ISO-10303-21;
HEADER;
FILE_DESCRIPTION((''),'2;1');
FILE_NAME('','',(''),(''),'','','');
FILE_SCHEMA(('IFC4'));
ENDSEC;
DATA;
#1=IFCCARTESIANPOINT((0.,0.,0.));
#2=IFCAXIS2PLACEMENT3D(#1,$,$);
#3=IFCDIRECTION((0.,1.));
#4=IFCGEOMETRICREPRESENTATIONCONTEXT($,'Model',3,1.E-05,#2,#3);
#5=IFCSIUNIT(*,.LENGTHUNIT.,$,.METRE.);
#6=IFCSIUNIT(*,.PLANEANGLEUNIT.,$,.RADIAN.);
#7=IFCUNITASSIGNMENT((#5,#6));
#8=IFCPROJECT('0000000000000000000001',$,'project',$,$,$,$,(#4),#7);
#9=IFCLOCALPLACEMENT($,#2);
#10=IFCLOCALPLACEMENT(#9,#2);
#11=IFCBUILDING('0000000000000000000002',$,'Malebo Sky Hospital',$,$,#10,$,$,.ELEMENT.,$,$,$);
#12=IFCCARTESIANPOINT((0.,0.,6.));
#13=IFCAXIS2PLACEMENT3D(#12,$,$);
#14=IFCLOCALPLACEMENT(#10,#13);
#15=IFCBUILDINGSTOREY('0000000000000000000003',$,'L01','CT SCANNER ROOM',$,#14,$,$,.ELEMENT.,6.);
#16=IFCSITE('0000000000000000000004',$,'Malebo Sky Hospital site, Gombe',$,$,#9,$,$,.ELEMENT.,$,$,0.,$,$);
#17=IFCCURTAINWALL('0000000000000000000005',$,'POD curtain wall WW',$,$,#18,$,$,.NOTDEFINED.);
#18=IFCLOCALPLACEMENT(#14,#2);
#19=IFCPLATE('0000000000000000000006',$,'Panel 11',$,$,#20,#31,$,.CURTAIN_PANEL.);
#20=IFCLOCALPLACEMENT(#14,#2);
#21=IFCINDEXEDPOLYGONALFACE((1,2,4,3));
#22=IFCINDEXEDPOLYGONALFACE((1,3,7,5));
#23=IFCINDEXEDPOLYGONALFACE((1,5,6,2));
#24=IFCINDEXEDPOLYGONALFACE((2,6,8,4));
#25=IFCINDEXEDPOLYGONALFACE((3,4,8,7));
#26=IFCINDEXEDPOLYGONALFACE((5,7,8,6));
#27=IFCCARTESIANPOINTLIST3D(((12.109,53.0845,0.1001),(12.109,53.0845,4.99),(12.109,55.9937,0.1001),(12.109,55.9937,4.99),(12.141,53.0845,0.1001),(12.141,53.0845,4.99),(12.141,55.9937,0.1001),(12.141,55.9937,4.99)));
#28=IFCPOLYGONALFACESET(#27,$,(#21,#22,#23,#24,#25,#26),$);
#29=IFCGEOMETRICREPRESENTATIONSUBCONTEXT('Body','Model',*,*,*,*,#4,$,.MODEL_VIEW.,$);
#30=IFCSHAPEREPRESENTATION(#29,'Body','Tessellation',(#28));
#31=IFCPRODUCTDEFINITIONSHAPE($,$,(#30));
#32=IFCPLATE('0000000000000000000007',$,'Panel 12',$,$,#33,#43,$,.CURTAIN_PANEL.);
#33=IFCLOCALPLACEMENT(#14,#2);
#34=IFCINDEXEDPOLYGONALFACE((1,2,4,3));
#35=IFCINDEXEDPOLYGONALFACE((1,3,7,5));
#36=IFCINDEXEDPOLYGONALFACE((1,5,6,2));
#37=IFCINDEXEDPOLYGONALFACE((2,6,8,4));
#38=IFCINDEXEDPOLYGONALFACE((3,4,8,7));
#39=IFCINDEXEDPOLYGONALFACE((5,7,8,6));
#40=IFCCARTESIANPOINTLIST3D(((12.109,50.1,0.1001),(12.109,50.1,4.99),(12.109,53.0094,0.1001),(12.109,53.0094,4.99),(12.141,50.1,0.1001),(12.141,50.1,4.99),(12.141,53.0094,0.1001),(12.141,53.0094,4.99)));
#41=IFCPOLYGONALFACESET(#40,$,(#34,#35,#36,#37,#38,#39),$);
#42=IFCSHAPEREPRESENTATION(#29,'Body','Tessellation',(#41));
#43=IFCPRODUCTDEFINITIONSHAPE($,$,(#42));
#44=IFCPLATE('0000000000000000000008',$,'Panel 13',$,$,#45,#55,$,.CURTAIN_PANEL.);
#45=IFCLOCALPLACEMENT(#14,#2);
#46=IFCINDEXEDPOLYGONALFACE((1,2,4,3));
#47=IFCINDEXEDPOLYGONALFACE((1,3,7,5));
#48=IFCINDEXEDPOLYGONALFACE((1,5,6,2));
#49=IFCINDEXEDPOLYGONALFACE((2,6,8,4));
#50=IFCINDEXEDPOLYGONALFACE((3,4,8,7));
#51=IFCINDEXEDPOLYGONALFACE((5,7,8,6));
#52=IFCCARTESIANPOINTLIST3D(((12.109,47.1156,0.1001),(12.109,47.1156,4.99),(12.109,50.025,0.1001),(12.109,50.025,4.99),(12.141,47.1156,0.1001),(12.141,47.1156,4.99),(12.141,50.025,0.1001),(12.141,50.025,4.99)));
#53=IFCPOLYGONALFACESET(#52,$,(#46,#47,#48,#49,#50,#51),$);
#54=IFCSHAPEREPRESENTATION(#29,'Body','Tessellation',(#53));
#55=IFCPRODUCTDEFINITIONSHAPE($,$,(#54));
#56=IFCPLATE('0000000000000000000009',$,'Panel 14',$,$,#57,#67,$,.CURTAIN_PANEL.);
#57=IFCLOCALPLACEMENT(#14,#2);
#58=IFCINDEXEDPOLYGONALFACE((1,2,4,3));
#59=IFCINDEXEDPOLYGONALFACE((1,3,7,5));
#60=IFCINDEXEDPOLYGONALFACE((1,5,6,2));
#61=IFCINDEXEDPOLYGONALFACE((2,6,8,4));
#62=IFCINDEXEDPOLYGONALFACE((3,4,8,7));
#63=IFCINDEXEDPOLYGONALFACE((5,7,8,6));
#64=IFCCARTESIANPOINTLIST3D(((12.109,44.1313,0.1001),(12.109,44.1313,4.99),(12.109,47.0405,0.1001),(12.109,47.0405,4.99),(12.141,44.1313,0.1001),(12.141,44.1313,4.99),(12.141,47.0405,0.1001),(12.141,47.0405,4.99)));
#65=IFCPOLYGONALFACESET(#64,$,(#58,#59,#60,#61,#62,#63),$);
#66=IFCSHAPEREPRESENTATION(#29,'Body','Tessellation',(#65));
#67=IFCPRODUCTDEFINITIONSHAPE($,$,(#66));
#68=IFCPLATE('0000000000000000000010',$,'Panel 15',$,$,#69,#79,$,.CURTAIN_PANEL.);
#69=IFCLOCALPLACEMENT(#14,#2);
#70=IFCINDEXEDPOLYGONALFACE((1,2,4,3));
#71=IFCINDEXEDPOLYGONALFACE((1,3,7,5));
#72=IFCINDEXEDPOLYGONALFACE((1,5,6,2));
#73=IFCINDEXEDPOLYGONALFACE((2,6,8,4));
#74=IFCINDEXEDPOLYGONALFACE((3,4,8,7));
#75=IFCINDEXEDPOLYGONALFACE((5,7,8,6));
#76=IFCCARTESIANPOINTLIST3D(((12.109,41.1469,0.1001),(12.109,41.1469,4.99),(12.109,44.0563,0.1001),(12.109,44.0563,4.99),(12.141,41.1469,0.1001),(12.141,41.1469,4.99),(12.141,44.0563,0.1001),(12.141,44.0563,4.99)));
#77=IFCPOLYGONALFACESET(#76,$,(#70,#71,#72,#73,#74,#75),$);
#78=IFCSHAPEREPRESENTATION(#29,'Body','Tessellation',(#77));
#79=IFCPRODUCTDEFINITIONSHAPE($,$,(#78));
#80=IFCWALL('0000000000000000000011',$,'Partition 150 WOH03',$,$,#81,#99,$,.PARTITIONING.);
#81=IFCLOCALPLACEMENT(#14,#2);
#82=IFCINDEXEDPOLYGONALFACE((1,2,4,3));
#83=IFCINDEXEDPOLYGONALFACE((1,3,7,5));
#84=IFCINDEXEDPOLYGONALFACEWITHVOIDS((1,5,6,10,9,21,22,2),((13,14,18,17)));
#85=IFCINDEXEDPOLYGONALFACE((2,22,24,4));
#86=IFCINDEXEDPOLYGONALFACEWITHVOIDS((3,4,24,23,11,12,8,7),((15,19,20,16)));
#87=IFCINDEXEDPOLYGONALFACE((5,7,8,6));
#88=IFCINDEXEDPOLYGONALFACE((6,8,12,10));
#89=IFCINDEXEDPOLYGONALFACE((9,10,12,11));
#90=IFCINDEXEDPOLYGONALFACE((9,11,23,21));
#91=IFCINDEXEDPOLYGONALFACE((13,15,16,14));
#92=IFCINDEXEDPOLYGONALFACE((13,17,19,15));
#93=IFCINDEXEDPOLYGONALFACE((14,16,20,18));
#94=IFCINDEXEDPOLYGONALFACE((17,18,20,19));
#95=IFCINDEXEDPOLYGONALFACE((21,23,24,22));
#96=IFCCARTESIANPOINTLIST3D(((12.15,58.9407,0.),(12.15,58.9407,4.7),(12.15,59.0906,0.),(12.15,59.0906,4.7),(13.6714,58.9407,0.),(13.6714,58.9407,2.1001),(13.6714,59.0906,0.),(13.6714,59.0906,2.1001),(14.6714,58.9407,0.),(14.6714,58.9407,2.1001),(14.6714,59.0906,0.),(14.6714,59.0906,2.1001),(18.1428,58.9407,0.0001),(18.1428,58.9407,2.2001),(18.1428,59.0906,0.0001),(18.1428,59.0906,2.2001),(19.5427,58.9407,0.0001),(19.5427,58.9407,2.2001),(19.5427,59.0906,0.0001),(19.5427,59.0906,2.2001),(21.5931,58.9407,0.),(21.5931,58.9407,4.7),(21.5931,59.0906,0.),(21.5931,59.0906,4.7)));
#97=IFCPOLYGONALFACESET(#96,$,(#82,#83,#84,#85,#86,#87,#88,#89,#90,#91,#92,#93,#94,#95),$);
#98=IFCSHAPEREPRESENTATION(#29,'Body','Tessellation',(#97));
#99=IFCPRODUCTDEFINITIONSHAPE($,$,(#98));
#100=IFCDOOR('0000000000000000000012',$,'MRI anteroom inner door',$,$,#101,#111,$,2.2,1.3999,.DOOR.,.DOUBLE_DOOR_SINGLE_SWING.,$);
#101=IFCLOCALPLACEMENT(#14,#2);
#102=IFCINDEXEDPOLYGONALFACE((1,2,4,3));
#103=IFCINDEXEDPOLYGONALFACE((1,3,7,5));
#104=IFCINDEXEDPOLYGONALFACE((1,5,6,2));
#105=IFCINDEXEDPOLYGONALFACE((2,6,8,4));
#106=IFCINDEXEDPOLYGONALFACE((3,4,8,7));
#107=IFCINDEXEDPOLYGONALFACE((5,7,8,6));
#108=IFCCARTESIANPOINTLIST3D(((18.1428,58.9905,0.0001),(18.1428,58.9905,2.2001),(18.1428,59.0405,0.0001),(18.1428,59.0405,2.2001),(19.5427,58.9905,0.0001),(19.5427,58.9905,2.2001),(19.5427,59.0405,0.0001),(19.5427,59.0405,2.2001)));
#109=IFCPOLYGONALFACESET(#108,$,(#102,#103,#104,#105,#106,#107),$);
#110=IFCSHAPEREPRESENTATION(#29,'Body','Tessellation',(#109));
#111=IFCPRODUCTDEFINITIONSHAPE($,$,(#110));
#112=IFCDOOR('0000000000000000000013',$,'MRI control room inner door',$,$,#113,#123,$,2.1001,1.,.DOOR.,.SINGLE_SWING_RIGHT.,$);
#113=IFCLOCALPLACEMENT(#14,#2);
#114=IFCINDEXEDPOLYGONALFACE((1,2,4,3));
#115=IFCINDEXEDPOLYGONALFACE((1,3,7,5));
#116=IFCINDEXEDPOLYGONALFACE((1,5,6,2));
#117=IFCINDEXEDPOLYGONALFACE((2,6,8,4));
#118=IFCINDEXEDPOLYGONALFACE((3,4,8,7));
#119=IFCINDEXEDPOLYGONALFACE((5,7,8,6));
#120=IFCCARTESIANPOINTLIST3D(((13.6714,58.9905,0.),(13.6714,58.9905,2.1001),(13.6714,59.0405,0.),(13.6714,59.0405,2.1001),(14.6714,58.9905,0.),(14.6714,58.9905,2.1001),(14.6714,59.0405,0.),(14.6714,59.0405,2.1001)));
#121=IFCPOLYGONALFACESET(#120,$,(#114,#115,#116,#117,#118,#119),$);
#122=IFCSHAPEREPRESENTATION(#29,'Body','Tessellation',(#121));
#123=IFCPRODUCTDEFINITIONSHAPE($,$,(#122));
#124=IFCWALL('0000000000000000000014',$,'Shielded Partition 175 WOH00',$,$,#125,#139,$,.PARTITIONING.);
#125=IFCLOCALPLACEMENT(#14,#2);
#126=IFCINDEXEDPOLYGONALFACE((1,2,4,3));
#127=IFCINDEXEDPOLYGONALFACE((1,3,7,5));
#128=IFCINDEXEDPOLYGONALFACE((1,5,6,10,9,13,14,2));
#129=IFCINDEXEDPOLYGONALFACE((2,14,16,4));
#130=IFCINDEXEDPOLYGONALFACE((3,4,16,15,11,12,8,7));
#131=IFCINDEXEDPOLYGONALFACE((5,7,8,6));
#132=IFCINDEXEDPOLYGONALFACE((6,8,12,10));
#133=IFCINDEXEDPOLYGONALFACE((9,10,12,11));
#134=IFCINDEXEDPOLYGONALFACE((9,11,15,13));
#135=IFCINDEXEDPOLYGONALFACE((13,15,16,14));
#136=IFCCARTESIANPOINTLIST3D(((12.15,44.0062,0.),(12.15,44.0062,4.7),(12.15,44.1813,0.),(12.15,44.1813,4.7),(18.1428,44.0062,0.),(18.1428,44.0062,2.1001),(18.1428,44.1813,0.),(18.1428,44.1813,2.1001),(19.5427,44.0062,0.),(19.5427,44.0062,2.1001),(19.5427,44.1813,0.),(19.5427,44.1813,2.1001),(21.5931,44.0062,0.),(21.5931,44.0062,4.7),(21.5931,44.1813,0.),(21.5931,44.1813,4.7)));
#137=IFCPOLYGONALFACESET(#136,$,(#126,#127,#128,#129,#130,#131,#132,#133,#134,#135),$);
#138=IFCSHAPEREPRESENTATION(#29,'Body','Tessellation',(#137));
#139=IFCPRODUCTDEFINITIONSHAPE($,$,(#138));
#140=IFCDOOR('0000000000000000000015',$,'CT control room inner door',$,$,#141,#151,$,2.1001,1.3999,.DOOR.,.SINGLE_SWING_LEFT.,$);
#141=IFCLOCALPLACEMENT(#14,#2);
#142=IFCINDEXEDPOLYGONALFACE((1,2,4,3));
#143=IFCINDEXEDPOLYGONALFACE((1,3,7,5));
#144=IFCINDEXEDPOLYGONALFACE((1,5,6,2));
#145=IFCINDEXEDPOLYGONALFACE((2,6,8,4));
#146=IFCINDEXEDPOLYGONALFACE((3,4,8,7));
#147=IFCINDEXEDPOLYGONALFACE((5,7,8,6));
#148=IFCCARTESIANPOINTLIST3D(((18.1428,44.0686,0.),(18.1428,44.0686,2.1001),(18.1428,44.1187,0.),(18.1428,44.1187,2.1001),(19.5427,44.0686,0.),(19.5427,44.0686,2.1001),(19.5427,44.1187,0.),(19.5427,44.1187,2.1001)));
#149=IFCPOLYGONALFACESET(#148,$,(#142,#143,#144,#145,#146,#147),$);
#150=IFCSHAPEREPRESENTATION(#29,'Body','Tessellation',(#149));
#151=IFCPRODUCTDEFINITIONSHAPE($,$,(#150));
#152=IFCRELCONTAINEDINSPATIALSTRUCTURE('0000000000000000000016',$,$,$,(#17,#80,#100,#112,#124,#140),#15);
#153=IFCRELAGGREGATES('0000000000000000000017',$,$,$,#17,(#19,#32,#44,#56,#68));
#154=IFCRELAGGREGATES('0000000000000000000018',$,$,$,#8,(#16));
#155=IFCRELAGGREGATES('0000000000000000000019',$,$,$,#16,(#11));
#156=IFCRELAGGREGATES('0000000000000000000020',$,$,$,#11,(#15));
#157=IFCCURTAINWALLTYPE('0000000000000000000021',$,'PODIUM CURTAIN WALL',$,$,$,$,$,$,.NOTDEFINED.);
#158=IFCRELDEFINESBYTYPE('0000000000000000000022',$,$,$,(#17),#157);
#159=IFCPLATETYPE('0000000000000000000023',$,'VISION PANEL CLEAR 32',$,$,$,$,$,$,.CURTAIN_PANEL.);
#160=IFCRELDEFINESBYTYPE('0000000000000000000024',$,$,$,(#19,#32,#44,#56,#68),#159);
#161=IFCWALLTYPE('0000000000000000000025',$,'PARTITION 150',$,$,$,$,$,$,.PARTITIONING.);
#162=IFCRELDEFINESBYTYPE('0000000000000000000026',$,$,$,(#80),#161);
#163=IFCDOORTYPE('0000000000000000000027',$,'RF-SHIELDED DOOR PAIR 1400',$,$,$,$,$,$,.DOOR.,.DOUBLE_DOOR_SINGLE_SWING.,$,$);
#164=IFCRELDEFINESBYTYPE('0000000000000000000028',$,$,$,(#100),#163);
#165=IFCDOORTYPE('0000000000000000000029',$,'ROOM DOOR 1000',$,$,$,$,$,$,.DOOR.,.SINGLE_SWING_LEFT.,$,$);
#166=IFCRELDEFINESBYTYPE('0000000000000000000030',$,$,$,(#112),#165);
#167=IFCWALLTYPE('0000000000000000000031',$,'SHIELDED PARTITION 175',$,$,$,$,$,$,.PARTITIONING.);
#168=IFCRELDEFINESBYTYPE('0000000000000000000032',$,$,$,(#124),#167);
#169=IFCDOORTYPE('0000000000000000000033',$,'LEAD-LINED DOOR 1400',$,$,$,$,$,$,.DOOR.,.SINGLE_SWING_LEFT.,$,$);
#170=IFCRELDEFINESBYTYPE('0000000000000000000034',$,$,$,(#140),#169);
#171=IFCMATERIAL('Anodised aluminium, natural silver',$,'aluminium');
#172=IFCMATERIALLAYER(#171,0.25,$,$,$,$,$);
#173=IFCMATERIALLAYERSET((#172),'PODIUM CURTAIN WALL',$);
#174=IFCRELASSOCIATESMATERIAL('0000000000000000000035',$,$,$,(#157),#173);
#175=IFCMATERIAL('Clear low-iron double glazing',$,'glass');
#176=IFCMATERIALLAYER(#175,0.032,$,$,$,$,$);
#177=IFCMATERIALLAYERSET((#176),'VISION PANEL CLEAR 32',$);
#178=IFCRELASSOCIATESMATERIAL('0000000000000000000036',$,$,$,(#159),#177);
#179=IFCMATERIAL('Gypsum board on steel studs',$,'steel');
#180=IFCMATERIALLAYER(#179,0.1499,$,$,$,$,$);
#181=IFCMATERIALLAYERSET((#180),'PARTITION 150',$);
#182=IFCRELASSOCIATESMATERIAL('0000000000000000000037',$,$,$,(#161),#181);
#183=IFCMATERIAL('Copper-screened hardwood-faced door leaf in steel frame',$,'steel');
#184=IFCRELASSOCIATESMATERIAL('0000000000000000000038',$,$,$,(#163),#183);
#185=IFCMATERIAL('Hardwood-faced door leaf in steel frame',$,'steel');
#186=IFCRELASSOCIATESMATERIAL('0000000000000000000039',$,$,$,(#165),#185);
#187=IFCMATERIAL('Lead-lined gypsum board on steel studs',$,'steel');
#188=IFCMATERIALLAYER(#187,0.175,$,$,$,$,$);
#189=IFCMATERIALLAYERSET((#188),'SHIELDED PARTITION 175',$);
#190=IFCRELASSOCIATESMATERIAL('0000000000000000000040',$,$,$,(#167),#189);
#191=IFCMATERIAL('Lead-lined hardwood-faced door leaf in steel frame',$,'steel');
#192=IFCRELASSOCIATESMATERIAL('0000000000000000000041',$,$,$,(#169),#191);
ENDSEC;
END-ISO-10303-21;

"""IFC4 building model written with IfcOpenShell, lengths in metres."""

from ifc_helpers import new_model, si_unit, direction, frame, frame_2d, origin, origin_2d, place, context, subcontext, project, spatial, rectangle, extrude, material, layer, layer_set, type_object, element, fill, aggregate, save


model = new_model("IFC4")

# Units and contexts
model_context = context("Model", 3, precision=1e-05, world=origin(), true_north=direction((0.0, 1.0)))
body_context = subcontext(model_context, "Body", "Model", "MODEL_VIEW")
ifc_project = project(units=[si_unit("LENGTHUNIT", "METRE"), si_unit("PLANEANGLEUNIT", "RADIAN")], contexts=[model_context])

# Site, building, storey
site_placement = place(None, origin())
site = spatial("IfcSite", under=ifc_project, at=site_placement, Name="Malebo Sky Hospital site, Gombe", CompositionType="ELEMENT", RefElevation=0.0)
building_placement = place(site_placement, origin())
building = spatial("IfcBuilding", under=site, at=building_placement, Name="Malebo Sky Hospital", CompositionType="ELEMENT")
storey_placement = place(building_placement, frame((0.0, 0.0, 6.0)))
storey = spatial("IfcBuildingStorey", under=building, at=storey_placement, Name="L01", Description="CT SCANNER ROOM", CompositionType="ELEMENT", Elevation=6.0)

# Curtain wall, plates
ifc_material_1 = material(Name="Anodised aluminium, natural silver", Category="aluminium")
ifc_layer_1 = layer(ifc_material_1, 0.25)
ifc_layer_set_1 = layer_set([ifc_layer_1], Name="PODIUM CURTAIN WALL")
curtain_wall_type = type_object("IfcCurtainWallType", Name="PODIUM CURTAIN WALL", PredefinedType="NOTDEFINED", material=ifc_layer_set_1)
curtain_wall_placement = place(storey_placement, origin())
curtain_wall = element("IfcCurtainWall", 1, at=curtain_wall_placement, inside=storey, type_object=curtain_wall_type, Name="POD curtain wall WW", PredefinedType="NOTDEFINED")
ifc_material_2 = material(Name="Clear low-iron double glazing", Category="glass")
ifc_layer_2 = layer(ifc_material_2, 0.032)
ifc_layer_set_2 = layer_set([ifc_layer_2], Name="VISION PANEL CLEAR 32")
plate_type = type_object("IfcPlateType", Name="VISION PANEL CLEAR 32", PredefinedType="CURTAIN_PANEL", material=ifc_layer_set_2)
plate_1_placement = place(storey_placement, frame((12.125, 54.5391, 0.1001), z_axis=(0.0, 0.0, 1.0), x_axis=(0.0, -1.0, 0.0)))
plate_1 = element("IfcPlate", 2, at=plate_1_placement, type_object=plate_type, Name="Panel 11", PredefinedType="CURTAIN_PANEL", context=body_context, shape_type="SweptSolid", body=[
    extrude(rectangle(XDim=2.9092, YDim=0.032, at=origin_2d()), origin(), (0.0, 0.0, 1.0), 4.8899),
])
plate_2_placement = place(storey_placement, frame((12.125, 51.5547, 0.1001), z_axis=(0.0, 0.0, 1.0), x_axis=(0.0, -1.0, 0.0)))
plate_2 = element("IfcPlate", 3, at=plate_2_placement, type_object=plate_type, Name="Panel 12", PredefinedType="CURTAIN_PANEL", context=body_context, shape_type="SweptSolid", body=[
    extrude(rectangle(XDim=2.9094, YDim=0.032, at=origin_2d()), origin(), (0.0, 0.0, 1.0), 4.8899),
])
plate_3_placement = place(storey_placement, frame((12.125, 48.5703, 0.1001), z_axis=(0.0, 0.0, 1.0), x_axis=(0.0, -1.0, 0.0)))
plate_3 = element("IfcPlate", 4, at=plate_3_placement, type_object=plate_type, Name="Panel 13", PredefinedType="CURTAIN_PANEL", context=body_context, shape_type="SweptSolid", body=[
    extrude(rectangle(XDim=2.9094, YDim=0.032, at=origin_2d()), origin(), (0.0, 0.0, 1.0), 4.8899),
])
plate_4_placement = place(storey_placement, frame((12.125, 45.5859, 0.1001), z_axis=(0.0, 0.0, 1.0), x_axis=(0.0, -1.0, 0.0)))
plate_4 = element("IfcPlate", 5, at=plate_4_placement, type_object=plate_type, Name="Panel 14", PredefinedType="CURTAIN_PANEL", context=body_context, shape_type="SweptSolid", body=[
    extrude(rectangle(XDim=2.9092, YDim=0.032, at=origin_2d()), origin(), (0.0, 0.0, 1.0), 4.8899),
])
plate_5_placement = place(storey_placement, frame((12.125, 42.6016, 0.1001), z_axis=(0.0, 0.0, 1.0), x_axis=(0.0, -1.0, 0.0)))
plate_5 = element("IfcPlate", 6, at=plate_5_placement, type_object=plate_type, Name="Panel 15", PredefinedType="CURTAIN_PANEL", context=body_context, shape_type="SweptSolid", body=[
    extrude(rectangle(XDim=2.9094, YDim=0.032, at=origin_2d()), origin(), (0.0, 0.0, 1.0), 4.8899),
])
aggregate(curtain_wall, [plate_1, plate_2, plate_3, plate_4, plate_5])

# Wall, openings, doors
ifc_material_3 = material(Name="Gypsum board on steel studs", Category="steel")
ifc_layer_3 = layer(ifc_material_3, 0.1499)
ifc_layer_set_3 = layer_set([ifc_layer_3], Name="PARTITION 150")
wall_type_1 = type_object("IfcWallType", Name="PARTITION 150", PredefinedType="PARTITIONING", material=ifc_layer_set_3)
wall_1_placement = place(storey_placement, frame((12.1499, 59.0156, 0.0), z_axis=(0.0, 0.0, 1.0), x_axis=(1.0, 0.0, 0.0)))
wall_1 = element("IfcWall", 7, at=wall_1_placement, inside=storey, type_object=wall_type_1, Name="Partition 150 WOH03", PredefinedType="PARTITIONING", context=body_context, shape_type="SweptSolid", body=[
    extrude(rectangle(XDim=9.4431, YDim=0.1499, at=frame_2d((4.7217, 0.0))), origin(), (0.0, 0.0, 1.0), 4.7),
])
opening_1_placement = place(wall_1_placement, frame((5.9929, 0.0, 0.0)))
opening_1 = element("IfcOpeningElement", 8, at=opening_1_placement, cuts=wall_1, PredefinedType="OPENING", context=body_context, shape_type="SweptSolid", body=[
    extrude(rectangle(XDim=1.3999, YDim=2.2, at=frame_2d((0.7, 1.1001))), frame((0.0, 0.085, 0.0), z_axis=(0.0, -1.0, 0.0), x_axis=(1.0, 0.0, 0.0)), (0.0, 0.0, 1.0), 0.1699),
])
opening_2_placement = place(wall_1_placement, frame((1.5215, 0.0, 0.0)))
opening_2 = element("IfcOpeningElement", 9, at=opening_2_placement, cuts=wall_1, PredefinedType="OPENING", context=body_context, shape_type="SweptSolid", body=[
    extrude(rectangle(XDim=1.0, YDim=2.1001, at=frame_2d((0.5, 1.05))), frame((0.0, 0.085, 0.0), z_axis=(0.0, -1.0, 0.0), x_axis=(1.0, 0.0, 0.0)), (0.0, 0.0, 1.0), 0.1699),
])
ifc_material_4 = material(Name="Copper-screened hardwood-faced door leaf in steel frame", Category="steel")
door_type_1 = type_object("IfcDoorType", Name="RF-SHIELDED DOOR PAIR 1400", OperationType="DOUBLE_DOOR_SINGLE_SWING", PredefinedType="DOOR", material=ifc_material_4)
door_1_placement = place(opening_1_placement, origin())
door_1 = element("IfcDoor", 10, at=door_1_placement, inside=storey, type_object=door_type_1, Name="MRI anteroom inner door", OperationType="DOUBLE_DOOR_SINGLE_SWING", OverallHeight=2.2, OverallWidth=1.3999, PredefinedType="DOOR", context=body_context, shape_type="SweptSolid", body=[
    extrude(rectangle(XDim=1.3999, YDim=2.2, at=frame_2d((0.7, 1.1001))), frame((0.0, 0.0249, 0.0), z_axis=(0.0, -1.0, 0.0), x_axis=(1.0, 0.0, 0.0)), (0.0, 0.0, 1.0), 0.05),
])
fill(opening_1, door_1)
ifc_material_5 = material(Name="Hardwood-faced door leaf in steel frame", Category="steel")
door_type_2 = type_object("IfcDoorType", Name="ROOM DOOR 1000", OperationType="SINGLE_SWING_LEFT", PredefinedType="DOOR", material=ifc_material_5)
door_2_placement = place(opening_2_placement, origin())
door_2 = element("IfcDoor", 11, at=door_2_placement, inside=storey, type_object=door_type_2, Name="MRI control room inner door", OperationType="SINGLE_SWING_RIGHT", OverallHeight=2.1001, OverallWidth=1.0, PredefinedType="DOOR", context=body_context, shape_type="SweptSolid", body=[
    extrude(rectangle(XDim=1.0, YDim=2.1001, at=frame_2d((0.5, 1.05))), frame((0.0, 0.0249, 0.0), z_axis=(0.0, -1.0, 0.0), x_axis=(1.0, 0.0, 0.0)), (0.0, 0.0, 1.0), 0.05),
])
fill(opening_2, door_2)

# Wall, opening, door
ifc_material_6 = material(Name="Lead-lined gypsum board on steel studs", Category="steel")
ifc_layer_4 = layer(ifc_material_6, 0.175)
ifc_layer_set_4 = layer_set([ifc_layer_4], Name="SHIELDED PARTITION 175")
wall_type_2 = type_object("IfcWallType", Name="SHIELDED PARTITION 175", PredefinedType="PARTITIONING", material=ifc_layer_set_4)
wall_2_placement = place(storey_placement, frame((12.1499, 44.0938, 0.0), z_axis=(0.0, 0.0, 1.0), x_axis=(1.0, 0.0, 0.0)))
wall_2 = element("IfcWall", 12, at=wall_2_placement, inside=storey, type_object=wall_type_2, Name="Shielded Partition 175 WOH00", PredefinedType="PARTITIONING", context=body_context, shape_type="SweptSolid", body=[
    extrude(rectangle(XDim=9.4431, YDim=0.175, at=frame_2d((4.7217, 0.0))), origin(), (0.0, 0.0, 1.0), 4.7),
])
opening_3_placement = place(wall_2_placement, frame((5.9929, 0.0, 0.0)))
opening_3 = element("IfcOpeningElement", 13, at=opening_3_placement, cuts=wall_2, PredefinedType="OPENING", context=body_context, shape_type="SweptSolid", body=[
    extrude(rectangle(XDim=1.3999, YDim=2.1001, at=frame_2d((0.7, 1.05))), frame((0.0, 0.0974, 0.0), z_axis=(0.0, -1.0, 0.0), x_axis=(1.0, 0.0, 0.0)), (0.0, 0.0, 1.0), 0.1951),
])
ifc_material_7 = material(Name="Lead-lined hardwood-faced door leaf in steel frame", Category="steel")
door_type_3 = type_object("IfcDoorType", Name="LEAD-LINED DOOR 1400", OperationType="SINGLE_SWING_LEFT", PredefinedType="DOOR", material=ifc_material_7)
door_3_placement = place(opening_3_placement, origin())
door_3 = element("IfcDoor", 14, at=door_3_placement, inside=storey, type_object=door_type_3, Name="CT control room inner door", OperationType="SINGLE_SWING_LEFT", OverallHeight=2.1001, OverallWidth=1.3999, PredefinedType="DOOR", context=body_context, shape_type="SweptSolid", body=[
    extrude(rectangle(XDim=1.3999, YDim=2.1001, at=frame_2d((0.7, 1.05))), frame((0.0, 0.0249, 0.0), z_axis=(0.0, -1.0, 0.0), x_axis=(1.0, 0.0, 0.0)), (0.0, 0.0, 1.0), 0.05),
])
fill(opening_3, door_3)

save(model, "model.ifc")
